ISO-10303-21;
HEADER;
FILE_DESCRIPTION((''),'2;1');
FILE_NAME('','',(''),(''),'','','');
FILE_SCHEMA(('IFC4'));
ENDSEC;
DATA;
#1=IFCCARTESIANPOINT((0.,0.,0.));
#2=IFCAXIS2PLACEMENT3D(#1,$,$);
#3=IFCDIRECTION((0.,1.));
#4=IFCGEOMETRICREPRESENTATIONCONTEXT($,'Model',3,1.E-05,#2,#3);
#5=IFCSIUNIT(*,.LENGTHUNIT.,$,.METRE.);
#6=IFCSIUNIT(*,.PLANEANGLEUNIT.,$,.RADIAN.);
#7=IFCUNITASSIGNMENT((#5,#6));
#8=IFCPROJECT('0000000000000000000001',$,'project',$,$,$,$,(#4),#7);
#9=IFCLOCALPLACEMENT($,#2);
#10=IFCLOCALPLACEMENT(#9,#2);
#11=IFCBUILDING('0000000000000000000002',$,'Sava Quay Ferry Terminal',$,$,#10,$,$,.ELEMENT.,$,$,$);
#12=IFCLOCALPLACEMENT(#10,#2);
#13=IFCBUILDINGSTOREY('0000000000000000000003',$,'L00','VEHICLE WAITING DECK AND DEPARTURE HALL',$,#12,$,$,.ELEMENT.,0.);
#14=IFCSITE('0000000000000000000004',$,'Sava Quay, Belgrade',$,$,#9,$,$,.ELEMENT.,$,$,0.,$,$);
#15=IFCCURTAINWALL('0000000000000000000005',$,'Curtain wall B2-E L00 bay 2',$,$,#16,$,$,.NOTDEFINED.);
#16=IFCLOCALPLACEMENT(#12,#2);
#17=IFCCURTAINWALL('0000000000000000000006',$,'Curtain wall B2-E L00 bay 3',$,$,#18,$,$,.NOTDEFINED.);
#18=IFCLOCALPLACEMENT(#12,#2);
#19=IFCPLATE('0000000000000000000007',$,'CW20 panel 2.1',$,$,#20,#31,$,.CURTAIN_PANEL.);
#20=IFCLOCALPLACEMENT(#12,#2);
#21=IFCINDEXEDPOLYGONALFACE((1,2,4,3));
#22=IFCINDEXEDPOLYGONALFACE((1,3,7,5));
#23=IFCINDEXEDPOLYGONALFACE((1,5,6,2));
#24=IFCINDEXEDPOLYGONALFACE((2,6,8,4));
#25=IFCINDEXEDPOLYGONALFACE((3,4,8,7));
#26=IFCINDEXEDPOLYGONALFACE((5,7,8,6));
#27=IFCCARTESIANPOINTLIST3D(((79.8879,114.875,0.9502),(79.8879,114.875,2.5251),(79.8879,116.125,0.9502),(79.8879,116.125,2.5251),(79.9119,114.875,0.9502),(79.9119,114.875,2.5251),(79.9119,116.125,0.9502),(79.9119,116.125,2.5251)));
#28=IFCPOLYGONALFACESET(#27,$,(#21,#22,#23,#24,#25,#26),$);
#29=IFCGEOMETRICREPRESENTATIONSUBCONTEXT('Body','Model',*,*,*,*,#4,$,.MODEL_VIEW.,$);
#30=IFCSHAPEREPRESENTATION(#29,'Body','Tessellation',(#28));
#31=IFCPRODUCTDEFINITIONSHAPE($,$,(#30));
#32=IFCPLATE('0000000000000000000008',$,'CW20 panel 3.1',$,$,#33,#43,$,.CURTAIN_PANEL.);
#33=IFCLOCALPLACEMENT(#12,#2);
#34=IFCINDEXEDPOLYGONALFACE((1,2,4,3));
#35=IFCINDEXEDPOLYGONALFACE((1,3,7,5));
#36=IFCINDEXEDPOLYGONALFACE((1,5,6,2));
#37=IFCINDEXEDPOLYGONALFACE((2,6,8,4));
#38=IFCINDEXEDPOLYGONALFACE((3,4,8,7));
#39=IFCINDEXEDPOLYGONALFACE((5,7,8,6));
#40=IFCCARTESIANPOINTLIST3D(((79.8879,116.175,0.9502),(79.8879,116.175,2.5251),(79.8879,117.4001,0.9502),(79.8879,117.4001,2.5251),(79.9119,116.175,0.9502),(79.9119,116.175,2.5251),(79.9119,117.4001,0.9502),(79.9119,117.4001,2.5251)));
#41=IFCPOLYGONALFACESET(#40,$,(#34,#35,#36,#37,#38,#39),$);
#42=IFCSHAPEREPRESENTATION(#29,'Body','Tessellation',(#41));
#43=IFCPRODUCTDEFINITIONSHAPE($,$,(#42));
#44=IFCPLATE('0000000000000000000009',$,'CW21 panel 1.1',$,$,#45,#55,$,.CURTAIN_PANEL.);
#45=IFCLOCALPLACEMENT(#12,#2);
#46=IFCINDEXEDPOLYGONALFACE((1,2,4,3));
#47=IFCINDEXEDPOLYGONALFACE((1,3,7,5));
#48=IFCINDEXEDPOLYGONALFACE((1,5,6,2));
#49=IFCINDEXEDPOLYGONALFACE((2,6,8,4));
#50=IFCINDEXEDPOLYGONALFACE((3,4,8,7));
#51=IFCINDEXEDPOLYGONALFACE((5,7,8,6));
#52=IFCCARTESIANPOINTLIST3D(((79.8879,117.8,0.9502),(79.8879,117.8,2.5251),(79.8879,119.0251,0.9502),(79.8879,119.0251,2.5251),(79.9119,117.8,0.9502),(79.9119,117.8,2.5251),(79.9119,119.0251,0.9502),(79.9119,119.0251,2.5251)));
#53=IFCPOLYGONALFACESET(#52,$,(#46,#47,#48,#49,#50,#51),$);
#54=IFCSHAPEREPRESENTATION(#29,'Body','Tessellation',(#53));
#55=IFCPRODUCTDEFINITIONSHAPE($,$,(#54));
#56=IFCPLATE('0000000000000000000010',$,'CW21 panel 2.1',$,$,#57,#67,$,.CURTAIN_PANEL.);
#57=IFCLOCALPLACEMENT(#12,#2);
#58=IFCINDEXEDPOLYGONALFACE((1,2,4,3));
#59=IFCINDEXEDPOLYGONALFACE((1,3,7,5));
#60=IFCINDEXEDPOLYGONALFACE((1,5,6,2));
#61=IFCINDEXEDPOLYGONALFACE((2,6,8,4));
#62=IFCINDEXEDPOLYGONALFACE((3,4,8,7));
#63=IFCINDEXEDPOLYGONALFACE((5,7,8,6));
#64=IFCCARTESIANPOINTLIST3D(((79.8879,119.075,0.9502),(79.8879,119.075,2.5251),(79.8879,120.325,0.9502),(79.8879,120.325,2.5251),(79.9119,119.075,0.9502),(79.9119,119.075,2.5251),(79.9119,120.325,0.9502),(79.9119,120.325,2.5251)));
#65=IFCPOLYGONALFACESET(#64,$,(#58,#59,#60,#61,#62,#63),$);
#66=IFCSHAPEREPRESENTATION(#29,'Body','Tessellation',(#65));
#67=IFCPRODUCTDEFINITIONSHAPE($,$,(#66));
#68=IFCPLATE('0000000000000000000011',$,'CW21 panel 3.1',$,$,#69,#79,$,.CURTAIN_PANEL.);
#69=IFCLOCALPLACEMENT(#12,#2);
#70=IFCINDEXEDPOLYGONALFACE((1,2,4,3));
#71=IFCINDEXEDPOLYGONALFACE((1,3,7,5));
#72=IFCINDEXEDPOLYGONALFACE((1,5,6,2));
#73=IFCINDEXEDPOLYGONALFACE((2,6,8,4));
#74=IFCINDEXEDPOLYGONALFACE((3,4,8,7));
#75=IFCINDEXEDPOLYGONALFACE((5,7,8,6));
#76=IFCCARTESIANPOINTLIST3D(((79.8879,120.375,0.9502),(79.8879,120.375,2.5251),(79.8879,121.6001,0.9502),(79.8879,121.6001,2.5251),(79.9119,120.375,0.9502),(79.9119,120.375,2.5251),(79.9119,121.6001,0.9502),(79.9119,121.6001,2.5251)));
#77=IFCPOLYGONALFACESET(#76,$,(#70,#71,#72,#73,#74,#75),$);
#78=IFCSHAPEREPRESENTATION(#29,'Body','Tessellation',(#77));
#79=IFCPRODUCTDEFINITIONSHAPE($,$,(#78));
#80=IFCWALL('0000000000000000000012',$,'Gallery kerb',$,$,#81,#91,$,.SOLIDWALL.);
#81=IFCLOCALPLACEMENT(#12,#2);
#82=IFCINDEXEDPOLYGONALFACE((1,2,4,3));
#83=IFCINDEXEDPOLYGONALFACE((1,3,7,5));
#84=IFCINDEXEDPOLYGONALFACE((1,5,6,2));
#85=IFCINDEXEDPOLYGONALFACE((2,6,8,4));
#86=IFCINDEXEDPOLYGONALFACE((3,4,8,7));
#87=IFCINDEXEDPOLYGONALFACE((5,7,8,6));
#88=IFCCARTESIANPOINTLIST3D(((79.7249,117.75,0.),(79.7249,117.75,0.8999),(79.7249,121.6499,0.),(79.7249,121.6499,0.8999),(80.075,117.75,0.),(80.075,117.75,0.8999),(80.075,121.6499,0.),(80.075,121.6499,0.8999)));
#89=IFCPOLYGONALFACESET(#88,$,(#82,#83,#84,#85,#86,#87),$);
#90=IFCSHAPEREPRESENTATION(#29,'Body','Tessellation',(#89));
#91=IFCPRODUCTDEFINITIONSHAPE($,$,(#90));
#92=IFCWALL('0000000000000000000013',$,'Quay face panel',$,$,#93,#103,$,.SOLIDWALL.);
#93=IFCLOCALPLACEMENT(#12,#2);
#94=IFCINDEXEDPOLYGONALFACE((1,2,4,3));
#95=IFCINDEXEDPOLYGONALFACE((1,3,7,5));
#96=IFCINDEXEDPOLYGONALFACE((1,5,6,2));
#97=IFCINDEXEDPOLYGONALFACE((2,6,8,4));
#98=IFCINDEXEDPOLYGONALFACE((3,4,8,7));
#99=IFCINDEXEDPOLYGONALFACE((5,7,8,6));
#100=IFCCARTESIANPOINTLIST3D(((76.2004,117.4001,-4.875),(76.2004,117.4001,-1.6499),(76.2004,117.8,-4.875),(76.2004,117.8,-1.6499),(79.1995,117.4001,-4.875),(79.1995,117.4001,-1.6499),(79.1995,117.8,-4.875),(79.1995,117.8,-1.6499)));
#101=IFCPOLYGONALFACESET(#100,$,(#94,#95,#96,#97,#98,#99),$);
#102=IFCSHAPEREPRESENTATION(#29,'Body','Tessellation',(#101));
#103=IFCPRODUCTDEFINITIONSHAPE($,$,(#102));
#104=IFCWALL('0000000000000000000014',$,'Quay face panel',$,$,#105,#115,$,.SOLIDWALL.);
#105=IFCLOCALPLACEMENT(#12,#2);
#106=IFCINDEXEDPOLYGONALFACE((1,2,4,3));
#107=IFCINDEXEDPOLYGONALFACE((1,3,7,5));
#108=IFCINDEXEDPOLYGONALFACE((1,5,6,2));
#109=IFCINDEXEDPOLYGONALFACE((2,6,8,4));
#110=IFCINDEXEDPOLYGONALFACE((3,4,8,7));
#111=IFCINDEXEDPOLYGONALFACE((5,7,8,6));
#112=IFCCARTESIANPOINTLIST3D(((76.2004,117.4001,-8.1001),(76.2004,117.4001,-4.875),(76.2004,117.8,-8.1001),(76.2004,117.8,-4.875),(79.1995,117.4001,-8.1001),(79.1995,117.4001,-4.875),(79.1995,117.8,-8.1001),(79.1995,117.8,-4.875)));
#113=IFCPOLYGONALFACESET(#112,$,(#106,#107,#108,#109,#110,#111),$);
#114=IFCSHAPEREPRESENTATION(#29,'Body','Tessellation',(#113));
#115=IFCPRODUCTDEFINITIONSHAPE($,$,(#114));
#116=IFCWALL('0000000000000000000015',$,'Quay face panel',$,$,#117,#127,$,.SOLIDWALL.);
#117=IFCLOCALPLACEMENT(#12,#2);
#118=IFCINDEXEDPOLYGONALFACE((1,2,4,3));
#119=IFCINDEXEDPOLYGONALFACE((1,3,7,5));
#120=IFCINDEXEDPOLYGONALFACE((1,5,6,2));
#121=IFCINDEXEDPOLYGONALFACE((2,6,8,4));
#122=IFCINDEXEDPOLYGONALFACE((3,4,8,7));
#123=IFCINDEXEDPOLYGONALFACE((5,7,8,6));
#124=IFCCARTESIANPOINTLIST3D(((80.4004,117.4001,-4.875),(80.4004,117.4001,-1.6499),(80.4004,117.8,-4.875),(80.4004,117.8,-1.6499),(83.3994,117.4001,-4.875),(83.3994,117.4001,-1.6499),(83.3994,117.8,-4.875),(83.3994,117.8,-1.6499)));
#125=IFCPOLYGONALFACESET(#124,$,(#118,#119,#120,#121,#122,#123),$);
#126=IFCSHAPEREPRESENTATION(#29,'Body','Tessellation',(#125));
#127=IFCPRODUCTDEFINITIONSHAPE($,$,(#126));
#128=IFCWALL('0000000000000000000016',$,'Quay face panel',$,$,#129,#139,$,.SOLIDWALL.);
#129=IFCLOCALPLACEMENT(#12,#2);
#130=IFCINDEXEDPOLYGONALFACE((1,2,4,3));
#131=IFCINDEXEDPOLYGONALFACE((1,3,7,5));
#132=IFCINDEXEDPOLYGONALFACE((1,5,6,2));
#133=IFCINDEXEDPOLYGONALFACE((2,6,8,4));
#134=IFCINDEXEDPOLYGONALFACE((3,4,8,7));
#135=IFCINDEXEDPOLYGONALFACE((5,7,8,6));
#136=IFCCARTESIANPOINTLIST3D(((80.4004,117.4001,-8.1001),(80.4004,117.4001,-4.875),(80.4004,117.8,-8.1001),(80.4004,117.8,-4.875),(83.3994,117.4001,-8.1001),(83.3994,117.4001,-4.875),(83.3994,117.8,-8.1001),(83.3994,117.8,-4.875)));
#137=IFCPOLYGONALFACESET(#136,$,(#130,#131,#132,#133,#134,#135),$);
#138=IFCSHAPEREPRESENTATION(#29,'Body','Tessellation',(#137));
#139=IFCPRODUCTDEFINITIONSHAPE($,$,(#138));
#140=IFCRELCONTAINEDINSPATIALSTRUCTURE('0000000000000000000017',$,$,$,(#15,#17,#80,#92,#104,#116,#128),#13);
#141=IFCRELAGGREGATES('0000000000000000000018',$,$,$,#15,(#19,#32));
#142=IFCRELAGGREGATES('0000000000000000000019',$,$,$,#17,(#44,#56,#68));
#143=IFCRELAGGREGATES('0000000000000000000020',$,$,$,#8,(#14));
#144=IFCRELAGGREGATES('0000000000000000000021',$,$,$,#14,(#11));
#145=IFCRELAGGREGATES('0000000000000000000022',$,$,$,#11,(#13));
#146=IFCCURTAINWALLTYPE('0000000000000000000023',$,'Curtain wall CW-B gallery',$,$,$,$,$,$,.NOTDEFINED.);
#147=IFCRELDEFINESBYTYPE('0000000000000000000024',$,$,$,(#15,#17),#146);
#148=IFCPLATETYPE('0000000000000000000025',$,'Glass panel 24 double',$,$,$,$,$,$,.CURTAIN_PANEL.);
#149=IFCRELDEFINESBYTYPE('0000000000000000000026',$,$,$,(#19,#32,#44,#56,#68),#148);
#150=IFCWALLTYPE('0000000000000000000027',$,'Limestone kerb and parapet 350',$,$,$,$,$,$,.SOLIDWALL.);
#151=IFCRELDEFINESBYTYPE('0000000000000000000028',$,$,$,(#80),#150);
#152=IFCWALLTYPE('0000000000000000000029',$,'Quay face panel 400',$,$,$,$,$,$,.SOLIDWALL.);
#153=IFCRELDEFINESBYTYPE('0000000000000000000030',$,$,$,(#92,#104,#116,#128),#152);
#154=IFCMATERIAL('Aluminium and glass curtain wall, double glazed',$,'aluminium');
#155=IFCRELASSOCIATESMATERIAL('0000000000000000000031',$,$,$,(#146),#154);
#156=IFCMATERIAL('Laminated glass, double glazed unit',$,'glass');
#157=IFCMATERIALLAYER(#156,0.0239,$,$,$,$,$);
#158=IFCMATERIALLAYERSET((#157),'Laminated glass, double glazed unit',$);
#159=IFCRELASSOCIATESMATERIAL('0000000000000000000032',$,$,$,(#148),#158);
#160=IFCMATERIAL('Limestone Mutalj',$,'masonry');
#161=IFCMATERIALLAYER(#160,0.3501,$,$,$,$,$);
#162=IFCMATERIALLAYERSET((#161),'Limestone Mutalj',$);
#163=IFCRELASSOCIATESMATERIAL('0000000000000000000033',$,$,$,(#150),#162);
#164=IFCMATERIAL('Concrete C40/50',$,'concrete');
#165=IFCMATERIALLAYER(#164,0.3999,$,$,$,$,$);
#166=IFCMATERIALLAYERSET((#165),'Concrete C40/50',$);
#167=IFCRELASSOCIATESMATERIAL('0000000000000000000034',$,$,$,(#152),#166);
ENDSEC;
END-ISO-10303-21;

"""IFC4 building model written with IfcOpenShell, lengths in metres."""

from ifc_helpers import new_model, si_unit, direction, frame, frame_2d, origin, origin_2d, place, context, subcontext, project, spatial, rectangle, extrude, material, layer, layer_set, type_object, element, aggregate, save


model = new_model("IFC4")

# Units and contexts
model_context = context("Model", 3, precision=1e-05, world=origin(), true_north=direction((0.0, 1.0)))
body_context = subcontext(model_context, "Body", "Model", "MODEL_VIEW")
ifc_project = project(units=[si_unit("LENGTHUNIT", "METRE"), si_unit("PLANEANGLEUNIT", "RADIAN")], contexts=[model_context])

# Site, building, storey
site_placement = place(None, origin())
site = spatial("IfcSite", under=ifc_project, at=site_placement, Name="Sava Quay, Belgrade", CompositionType="ELEMENT", RefElevation=0.0)
building_placement = place(site_placement, origin())
building = spatial("IfcBuilding", under=site, at=building_placement, Name="Sava Quay Ferry Terminal", CompositionType="ELEMENT")
storey_placement = place(building_placement, origin())
storey = spatial("IfcBuildingStorey", under=building, at=storey_placement, Name="L00", Description="VEHICLE WAITING DECK AND DEPARTURE HALL", CompositionType="ELEMENT", Elevation=0.0)

# Curtain walls
ifc_material_1 = material(Name="Aluminium and glass curtain wall, double glazed", Category="aluminium")
curtain_wall_type = type_object("IfcCurtainWallType", Name="Curtain wall CW-B gallery", PredefinedType="NOTDEFINED", material=ifc_material_1)
curtain_wall_1_placement = place(storey_placement, origin())
curtain_wall_1 = element("IfcCurtainWall", 1, at=curtain_wall_1_placement, inside=storey, type_object=curtain_wall_type, Name="Curtain wall B2-E L00 bay 2", PredefinedType="NOTDEFINED")
curtain_wall_2_placement = place(storey_placement, origin())
curtain_wall_2 = element("IfcCurtainWall", 2, at=curtain_wall_2_placement, inside=storey, type_object=curtain_wall_type, Name="Curtain wall B2-E L00 bay 3", PredefinedType="NOTDEFINED")

# Plates
ifc_material_2 = material(Name="Laminated glass, double glazed unit", Category="glass")
ifc_layer_1 = layer(ifc_material_2, 0.0239)
ifc_layer_set_1 = layer_set([ifc_layer_1], Name="Laminated glass, double glazed unit")
plate_type = type_object("IfcPlateType", Name="Glass panel 24 double", PredefinedType="CURTAIN_PANEL", material=ifc_layer_set_1)
plate_1_placement = place(storey_placement, frame((79.8999, 115.5, 0.9502), z_axis=(0.0, 0.0, 1.0), x_axis=(0.0, 1.0, 0.0)))
plate_1 = element("IfcPlate", 3, at=plate_1_placement, type_object=plate_type, Name="CW20 panel 2.1", PredefinedType="CURTAIN_PANEL", context=body_context, shape_type="SweptSolid", body=[
    extrude(rectangle(XDim=1.25, YDim=0.0239, at=origin_2d()), origin(), (0.0, 0.0, 1.0), 1.575),
])
plate_2_placement = place(storey_placement, frame((79.8999, 116.7876, 0.9502), z_axis=(0.0, 0.0, 1.0), x_axis=(0.0, 1.0, 0.0)))
plate_2 = element("IfcPlate", 4, at=plate_2_placement, type_object=plate_type, Name="CW20 panel 3.1", PredefinedType="CURTAIN_PANEL", context=body_context, shape_type="SweptSolid", body=[
    extrude(rectangle(XDim=1.2251, YDim=0.0239, at=origin_2d()), origin(), (0.0, 0.0, 1.0), 1.575),
])
aggregate(curtain_wall_1, [plate_1, plate_2])
plate_3_placement = place(storey_placement, frame((79.8999, 118.4126, 0.9502), z_axis=(0.0, 0.0, 1.0), x_axis=(0.0, 1.0, 0.0)))
plate_3 = element("IfcPlate", 5, at=plate_3_placement, type_object=plate_type, Name="CW21 panel 1.1", PredefinedType="CURTAIN_PANEL", context=body_context, shape_type="SweptSolid", body=[
    extrude(rectangle(XDim=1.2251, YDim=0.0239, at=origin_2d()), origin(), (0.0, 0.0, 1.0), 1.575),
])
plate_4_placement = place(storey_placement, frame((79.8999, 119.7, 0.9502), z_axis=(0.0, 0.0, 1.0), x_axis=(0.0, 1.0, 0.0)))
plate_4 = element("IfcPlate", 6, at=plate_4_placement, type_object=plate_type, Name="CW21 panel 2.1", PredefinedType="CURTAIN_PANEL", context=body_context, shape_type="SweptSolid", body=[
    extrude(rectangle(XDim=1.25, YDim=0.0239, at=origin_2d()), origin(), (0.0, 0.0, 1.0), 1.575),
])
plate_5_placement = place(storey_placement, frame((79.8999, 120.9875, 0.9502), z_axis=(0.0, 0.0, 1.0), x_axis=(0.0, 1.0, 0.0)))
plate_5 = element("IfcPlate", 7, at=plate_5_placement, type_object=plate_type, Name="CW21 panel 3.1", PredefinedType="CURTAIN_PANEL", context=body_context, shape_type="SweptSolid", body=[
    extrude(rectangle(XDim=1.2251, YDim=0.0239, at=origin_2d()), origin(), (0.0, 0.0, 1.0), 1.575),
])
aggregate(curtain_wall_2, [plate_3, plate_4, plate_5])

# Walls
ifc_material_3 = material(Name="Limestone Mutalj", Category="masonry")
ifc_layer_2 = layer(ifc_material_3, 0.3501)
ifc_layer_set_2 = layer_set([ifc_layer_2], Name="Limestone Mutalj")
wall_type_1 = type_object("IfcWallType", Name="Limestone kerb and parapet 350", PredefinedType="SOLIDWALL", material=ifc_layer_set_2)
wall_placement = place(storey_placement, frame((79.8999, 117.75, 0.0), z_axis=(0.0, 0.0, 1.0), x_axis=(0.0, 1.0, 0.0)))
element("IfcWall", 8, at=wall_placement, inside=storey, type_object=wall_type_1, Name="Gallery kerb", PredefinedType="SOLIDWALL", context=body_context, shape_type="SweptSolid", body=[
    extrude(rectangle(XDim=3.8999, YDim=0.3501, at=frame_2d((1.95, 0.0))), origin(), (0.0, 0.0, 1.0), 0.8999),
])
ifc_material_4 = material(Name="Concrete C40/50", Category="concrete")
ifc_layer_3 = layer(ifc_material_4, 0.3999)
ifc_layer_set_3 = layer_set([ifc_layer_3], Name="Concrete C40/50")
wall_type_2 = type_object("IfcWallType", Name="Quay face panel 400", PredefinedType="SOLIDWALL", material=ifc_layer_set_3)
for number, where, z_axis, x_axis, name in (
    (9, (76.2004, 117.6001, -4.875), (0.0, 0.0, 1.0), (1.0, 0.0, 0.0), "Quay face panel"),
    (10, (76.2004, 117.6001, -8.1001), (0.0, 0.0, 1.0), (1.0, 0.0, 0.0), "Quay face panel"),
    (11, (80.4004, 117.6001, -4.875), (0.0, 0.0, 1.0), (1.0, 0.0, 0.0), "Quay face panel"),
    (12, (80.4004, 117.6001, -8.1001), (0.0, 0.0, 1.0), (1.0, 0.0, 0.0), "Quay face panel"),
):
    element("IfcWall", number, at=place(storey_placement, frame(where, z_axis=z_axis, x_axis=x_axis)), inside=storey, type_object=wall_type_2, Name=name, PredefinedType="SOLIDWALL", context=body_context, shape_type="SweptSolid", body=[
        extrude(rectangle(XDim=2.999, YDim=0.3999, at=frame_2d((1.4995, 0.0))), origin(), (0.0, 0.0, 1.0), 3.2251),
    ])

save(model, "model.ifc")
